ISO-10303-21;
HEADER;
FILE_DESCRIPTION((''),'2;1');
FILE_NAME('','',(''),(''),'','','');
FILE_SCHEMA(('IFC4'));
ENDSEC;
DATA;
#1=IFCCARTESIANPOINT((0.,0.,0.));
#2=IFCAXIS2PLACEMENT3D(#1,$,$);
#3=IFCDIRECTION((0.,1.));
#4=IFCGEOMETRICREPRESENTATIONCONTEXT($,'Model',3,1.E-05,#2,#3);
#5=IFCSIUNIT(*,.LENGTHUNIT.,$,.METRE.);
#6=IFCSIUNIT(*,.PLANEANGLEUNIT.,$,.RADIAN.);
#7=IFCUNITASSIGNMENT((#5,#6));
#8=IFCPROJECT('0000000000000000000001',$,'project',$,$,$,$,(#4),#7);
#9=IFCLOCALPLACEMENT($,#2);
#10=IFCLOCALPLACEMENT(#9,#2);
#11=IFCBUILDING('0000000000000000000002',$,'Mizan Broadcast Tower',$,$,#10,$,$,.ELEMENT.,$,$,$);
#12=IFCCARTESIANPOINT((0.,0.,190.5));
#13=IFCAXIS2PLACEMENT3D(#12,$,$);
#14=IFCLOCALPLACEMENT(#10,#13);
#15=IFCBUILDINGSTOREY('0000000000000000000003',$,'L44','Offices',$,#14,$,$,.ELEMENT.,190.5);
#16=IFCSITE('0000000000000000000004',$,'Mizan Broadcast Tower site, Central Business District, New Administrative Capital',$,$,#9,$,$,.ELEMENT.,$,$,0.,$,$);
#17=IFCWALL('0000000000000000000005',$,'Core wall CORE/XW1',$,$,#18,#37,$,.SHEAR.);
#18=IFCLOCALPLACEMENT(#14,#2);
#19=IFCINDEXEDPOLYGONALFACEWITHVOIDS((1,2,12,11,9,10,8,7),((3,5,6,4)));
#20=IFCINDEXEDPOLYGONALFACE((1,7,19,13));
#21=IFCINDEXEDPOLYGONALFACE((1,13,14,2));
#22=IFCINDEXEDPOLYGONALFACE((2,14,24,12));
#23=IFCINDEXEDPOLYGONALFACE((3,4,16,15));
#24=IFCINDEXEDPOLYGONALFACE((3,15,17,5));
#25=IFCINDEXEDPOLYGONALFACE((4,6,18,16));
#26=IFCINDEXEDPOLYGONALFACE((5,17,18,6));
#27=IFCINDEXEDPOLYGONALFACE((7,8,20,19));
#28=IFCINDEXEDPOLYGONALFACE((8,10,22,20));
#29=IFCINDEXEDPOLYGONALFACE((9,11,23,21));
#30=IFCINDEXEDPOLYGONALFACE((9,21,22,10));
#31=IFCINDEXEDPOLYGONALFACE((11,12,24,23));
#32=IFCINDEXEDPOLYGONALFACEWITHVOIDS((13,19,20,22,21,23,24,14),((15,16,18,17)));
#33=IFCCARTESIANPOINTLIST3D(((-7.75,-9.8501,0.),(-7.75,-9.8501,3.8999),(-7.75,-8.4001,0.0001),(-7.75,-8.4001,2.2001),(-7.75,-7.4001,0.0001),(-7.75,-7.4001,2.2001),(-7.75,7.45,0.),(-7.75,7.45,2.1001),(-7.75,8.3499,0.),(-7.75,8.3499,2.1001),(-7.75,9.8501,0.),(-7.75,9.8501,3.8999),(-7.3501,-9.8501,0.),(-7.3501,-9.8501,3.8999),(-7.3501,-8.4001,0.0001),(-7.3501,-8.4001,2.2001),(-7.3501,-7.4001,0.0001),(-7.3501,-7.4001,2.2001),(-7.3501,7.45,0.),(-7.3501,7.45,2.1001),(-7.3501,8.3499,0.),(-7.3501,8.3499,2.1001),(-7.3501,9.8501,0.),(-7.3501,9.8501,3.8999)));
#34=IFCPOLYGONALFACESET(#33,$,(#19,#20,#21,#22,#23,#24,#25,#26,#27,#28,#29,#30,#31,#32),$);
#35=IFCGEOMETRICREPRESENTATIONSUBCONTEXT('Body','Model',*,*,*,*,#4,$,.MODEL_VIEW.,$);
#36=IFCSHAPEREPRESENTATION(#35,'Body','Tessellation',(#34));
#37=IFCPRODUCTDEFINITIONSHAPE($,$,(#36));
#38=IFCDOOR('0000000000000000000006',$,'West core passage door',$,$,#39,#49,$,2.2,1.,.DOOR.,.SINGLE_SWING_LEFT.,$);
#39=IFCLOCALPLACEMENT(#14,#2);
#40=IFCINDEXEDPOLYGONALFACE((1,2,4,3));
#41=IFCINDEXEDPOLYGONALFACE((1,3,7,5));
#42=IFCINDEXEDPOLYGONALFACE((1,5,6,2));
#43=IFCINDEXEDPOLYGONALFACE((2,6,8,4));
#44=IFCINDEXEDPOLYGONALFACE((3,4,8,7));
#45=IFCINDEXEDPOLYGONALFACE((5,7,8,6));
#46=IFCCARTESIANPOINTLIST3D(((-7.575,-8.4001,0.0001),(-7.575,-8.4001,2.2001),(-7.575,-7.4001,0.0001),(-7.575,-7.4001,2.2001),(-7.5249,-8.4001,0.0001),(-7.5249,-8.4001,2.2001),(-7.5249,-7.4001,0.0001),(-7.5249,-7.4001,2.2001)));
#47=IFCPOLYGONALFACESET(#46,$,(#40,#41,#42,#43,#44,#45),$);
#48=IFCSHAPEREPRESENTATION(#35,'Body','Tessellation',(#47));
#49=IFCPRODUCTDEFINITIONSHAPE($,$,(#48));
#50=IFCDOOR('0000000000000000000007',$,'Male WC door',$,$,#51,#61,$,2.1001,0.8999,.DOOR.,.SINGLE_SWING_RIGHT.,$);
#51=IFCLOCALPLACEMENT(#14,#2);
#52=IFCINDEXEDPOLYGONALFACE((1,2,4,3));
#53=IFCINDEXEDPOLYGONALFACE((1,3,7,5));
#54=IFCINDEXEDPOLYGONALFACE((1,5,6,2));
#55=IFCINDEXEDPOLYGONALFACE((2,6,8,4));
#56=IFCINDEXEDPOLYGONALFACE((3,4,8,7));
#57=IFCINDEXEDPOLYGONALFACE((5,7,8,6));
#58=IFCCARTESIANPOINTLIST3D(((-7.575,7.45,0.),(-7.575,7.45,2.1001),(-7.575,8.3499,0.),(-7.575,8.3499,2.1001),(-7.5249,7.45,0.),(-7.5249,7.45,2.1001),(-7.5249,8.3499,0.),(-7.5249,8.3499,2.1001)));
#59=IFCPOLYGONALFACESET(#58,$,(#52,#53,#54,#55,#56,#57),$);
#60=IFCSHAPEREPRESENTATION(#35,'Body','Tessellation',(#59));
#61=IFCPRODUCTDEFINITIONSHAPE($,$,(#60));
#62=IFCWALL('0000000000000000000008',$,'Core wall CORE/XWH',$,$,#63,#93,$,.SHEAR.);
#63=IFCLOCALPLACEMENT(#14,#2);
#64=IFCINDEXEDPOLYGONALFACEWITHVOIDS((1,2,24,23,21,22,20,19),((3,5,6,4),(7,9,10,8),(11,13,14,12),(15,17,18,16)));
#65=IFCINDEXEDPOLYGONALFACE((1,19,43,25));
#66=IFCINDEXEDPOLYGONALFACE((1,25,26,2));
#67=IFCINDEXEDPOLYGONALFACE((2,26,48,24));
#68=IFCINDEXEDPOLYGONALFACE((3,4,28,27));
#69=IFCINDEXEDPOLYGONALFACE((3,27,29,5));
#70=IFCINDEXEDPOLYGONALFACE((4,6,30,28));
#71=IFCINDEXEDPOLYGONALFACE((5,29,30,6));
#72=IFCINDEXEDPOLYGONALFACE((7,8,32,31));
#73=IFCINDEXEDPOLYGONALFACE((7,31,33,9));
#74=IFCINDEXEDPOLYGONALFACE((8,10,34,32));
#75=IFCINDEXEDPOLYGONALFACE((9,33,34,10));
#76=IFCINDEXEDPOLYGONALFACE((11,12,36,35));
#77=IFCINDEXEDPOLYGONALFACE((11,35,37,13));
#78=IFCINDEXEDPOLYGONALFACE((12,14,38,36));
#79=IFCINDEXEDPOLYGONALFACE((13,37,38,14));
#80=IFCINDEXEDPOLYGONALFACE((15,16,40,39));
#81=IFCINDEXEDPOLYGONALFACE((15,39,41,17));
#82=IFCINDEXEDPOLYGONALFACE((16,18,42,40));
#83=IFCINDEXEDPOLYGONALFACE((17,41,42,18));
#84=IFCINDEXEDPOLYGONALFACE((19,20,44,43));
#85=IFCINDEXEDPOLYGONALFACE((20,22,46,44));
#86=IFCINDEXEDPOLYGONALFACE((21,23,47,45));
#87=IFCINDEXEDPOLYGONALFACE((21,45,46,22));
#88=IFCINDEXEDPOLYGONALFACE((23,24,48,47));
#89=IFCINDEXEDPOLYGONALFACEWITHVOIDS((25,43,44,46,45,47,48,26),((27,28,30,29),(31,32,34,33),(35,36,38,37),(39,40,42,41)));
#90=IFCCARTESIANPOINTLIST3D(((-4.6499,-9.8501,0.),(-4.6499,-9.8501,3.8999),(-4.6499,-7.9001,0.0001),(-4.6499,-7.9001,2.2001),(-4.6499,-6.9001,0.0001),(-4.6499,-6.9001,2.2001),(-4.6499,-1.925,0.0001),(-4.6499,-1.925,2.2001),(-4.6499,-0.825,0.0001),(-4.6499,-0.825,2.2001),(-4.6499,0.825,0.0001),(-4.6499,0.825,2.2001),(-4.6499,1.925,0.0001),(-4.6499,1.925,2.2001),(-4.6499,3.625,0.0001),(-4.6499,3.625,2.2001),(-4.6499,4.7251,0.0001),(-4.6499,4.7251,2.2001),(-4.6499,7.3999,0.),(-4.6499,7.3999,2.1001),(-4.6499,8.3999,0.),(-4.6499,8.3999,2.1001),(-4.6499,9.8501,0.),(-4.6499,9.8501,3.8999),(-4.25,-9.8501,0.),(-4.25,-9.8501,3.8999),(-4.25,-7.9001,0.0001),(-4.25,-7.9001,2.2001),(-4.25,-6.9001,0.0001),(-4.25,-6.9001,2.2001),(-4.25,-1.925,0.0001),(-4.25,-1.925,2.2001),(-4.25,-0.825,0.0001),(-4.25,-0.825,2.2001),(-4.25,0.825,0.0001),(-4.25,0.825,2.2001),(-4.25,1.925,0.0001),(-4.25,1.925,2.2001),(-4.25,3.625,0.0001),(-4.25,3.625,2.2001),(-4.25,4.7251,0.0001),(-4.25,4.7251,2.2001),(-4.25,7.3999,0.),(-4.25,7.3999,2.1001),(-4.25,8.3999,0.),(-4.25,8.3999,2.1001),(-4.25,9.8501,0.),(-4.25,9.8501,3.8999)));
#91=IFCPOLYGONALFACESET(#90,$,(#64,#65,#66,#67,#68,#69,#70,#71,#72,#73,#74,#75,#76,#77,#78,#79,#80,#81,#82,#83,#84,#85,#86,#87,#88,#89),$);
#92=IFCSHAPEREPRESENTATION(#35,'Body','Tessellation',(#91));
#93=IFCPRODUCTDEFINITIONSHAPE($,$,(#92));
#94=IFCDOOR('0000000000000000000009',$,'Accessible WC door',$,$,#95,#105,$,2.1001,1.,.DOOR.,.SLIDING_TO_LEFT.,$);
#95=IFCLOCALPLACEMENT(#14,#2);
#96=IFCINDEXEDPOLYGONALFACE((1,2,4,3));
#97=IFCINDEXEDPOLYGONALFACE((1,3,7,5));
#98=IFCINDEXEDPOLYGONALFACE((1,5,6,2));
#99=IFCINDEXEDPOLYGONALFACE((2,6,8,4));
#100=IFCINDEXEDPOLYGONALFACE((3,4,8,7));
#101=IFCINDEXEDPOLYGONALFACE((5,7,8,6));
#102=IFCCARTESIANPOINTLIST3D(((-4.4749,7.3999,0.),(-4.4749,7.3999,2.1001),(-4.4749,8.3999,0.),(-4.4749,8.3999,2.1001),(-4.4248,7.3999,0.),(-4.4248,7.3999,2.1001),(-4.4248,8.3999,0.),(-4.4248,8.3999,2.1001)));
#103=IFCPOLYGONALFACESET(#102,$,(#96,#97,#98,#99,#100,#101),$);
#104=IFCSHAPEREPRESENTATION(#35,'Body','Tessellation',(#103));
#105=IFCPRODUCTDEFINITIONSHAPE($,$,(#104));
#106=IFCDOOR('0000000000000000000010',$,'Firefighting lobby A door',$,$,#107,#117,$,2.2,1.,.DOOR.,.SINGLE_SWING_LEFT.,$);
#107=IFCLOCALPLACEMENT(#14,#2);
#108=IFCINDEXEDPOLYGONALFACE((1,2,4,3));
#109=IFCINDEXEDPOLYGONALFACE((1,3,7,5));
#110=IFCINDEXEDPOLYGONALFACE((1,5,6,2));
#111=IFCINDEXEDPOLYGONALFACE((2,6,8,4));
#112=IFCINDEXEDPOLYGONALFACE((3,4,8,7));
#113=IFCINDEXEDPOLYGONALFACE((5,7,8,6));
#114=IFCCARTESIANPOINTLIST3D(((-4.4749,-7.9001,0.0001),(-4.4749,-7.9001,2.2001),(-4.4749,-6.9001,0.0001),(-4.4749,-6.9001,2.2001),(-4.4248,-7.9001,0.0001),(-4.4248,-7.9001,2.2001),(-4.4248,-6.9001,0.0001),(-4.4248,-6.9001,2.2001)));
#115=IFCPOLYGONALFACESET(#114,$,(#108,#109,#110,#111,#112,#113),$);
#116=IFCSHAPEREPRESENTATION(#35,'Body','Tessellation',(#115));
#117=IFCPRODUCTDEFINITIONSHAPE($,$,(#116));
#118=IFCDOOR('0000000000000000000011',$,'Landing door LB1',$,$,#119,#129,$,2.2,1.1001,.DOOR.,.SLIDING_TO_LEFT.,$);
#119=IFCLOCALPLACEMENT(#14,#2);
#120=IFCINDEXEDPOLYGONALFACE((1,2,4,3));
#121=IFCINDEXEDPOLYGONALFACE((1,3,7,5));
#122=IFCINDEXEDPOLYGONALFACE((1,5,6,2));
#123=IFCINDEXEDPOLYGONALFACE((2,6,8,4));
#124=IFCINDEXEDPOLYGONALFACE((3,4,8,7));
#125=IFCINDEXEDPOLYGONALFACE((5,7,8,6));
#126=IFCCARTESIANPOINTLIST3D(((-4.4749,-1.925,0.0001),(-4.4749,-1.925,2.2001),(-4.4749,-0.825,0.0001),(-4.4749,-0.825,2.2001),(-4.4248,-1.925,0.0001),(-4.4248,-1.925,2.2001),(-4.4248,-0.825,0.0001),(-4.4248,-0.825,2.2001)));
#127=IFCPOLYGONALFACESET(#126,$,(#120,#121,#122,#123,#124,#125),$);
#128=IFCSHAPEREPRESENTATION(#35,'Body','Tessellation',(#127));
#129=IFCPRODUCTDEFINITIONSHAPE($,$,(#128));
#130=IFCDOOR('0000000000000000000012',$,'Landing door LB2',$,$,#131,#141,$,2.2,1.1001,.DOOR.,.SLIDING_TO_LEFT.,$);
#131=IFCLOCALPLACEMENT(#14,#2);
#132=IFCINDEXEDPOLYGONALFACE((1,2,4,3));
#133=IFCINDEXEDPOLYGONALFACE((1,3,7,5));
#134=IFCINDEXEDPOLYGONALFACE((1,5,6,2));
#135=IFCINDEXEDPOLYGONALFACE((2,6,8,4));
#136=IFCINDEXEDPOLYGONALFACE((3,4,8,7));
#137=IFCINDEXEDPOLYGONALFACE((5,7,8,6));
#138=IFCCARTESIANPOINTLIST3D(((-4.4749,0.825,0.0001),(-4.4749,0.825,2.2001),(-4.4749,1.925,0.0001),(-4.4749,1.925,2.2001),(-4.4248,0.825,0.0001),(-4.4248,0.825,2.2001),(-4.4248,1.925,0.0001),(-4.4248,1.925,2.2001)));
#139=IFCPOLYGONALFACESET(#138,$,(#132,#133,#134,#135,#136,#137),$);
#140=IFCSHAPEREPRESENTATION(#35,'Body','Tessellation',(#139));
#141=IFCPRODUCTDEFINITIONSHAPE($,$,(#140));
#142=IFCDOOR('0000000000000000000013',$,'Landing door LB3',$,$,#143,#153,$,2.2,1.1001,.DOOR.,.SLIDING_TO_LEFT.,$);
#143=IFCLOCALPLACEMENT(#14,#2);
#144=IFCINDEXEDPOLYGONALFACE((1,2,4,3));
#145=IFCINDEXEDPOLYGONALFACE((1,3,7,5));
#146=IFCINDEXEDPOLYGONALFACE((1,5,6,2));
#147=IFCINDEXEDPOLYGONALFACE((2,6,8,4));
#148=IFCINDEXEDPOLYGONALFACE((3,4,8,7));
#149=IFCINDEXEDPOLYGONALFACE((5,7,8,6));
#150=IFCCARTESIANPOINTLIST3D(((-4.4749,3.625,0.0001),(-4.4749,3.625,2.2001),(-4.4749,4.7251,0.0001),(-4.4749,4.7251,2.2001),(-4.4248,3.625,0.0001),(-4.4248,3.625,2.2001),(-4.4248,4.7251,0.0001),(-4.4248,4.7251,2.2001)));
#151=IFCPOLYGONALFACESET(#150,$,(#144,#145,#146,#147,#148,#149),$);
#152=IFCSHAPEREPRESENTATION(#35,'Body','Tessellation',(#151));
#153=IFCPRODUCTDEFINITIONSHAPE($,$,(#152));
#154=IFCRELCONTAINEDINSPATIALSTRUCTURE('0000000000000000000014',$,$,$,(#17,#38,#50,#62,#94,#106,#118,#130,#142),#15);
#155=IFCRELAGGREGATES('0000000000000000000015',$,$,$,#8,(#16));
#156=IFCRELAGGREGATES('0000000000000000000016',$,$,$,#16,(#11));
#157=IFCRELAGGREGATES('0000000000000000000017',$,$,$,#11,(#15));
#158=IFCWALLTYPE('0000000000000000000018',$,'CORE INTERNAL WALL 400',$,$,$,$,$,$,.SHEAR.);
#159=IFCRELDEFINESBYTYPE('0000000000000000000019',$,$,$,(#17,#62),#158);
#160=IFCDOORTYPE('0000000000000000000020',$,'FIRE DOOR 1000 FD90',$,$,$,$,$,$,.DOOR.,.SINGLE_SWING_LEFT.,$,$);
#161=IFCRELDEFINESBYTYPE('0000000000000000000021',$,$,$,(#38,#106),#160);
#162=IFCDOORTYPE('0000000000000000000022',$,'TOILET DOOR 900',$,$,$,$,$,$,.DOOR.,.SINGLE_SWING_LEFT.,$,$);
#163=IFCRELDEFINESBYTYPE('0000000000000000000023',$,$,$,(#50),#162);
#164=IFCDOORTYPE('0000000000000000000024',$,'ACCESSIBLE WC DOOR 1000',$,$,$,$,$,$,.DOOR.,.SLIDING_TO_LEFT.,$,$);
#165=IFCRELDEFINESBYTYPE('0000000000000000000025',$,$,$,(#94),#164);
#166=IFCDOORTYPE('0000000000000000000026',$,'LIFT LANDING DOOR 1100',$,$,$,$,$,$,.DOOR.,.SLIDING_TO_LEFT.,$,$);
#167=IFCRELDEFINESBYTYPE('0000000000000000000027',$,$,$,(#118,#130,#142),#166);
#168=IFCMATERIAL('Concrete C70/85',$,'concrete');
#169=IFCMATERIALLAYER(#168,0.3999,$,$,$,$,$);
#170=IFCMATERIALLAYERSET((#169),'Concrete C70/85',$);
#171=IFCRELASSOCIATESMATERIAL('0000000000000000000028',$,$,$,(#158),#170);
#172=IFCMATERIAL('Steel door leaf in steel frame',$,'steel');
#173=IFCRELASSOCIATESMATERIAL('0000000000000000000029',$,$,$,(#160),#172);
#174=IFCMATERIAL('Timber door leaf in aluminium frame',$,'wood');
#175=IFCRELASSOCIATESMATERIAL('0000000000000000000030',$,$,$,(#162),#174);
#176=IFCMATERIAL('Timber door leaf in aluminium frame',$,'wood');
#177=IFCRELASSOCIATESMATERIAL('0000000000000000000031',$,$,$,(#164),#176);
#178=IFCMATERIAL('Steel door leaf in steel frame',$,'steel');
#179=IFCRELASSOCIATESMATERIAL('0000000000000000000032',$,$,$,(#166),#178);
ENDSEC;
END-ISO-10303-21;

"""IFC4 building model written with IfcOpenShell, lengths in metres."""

from ifc_helpers import new_model, si_unit, direction, frame, frame_2d, origin, place, context, subcontext, project, spatial, rectangle, extrude, material, layer, layer_set, type_object, element, fill, save


model = new_model("IFC4")

# Units and contexts
model_context = context("Model", 3, precision=1e-05, world=origin(), true_north=direction((0.0, 1.0)))
body_context = subcontext(model_context, "Body", "Model", "MODEL_VIEW")
ifc_project = project(units=[si_unit("LENGTHUNIT", "METRE"), si_unit("PLANEANGLEUNIT", "RADIAN")], contexts=[model_context])

# Site, building, storey
site_placement = place(None, origin())
site = spatial("IfcSite", under=ifc_project, at=site_placement, Name="Mizan Broadcast Tower site, Central Business District, New Administrative Capital", CompositionType="ELEMENT", RefElevation=0.0)
building_placement = place(site_placement, origin())
building = spatial("IfcBuilding", under=site, at=building_placement, Name="Mizan Broadcast Tower", CompositionType="ELEMENT")
storey_placement = place(building_placement, frame((0.0, 0.0, 190.5)))
storey = spatial("IfcBuildingStorey", under=building, at=storey_placement, Name="L44", Description="Offices", CompositionType="ELEMENT", Elevation=190.5)

# Walls, openings, doors
ifc_material_1 = material(Name="Concrete C70/85", Category="concrete")
ifc_layer_1 = layer(ifc_material_1, 0.3999)
ifc_layer_set_1 = layer_set([ifc_layer_1], Name="Concrete C70/85")
wall_type_1 = type_object("IfcWallType", Name="CORE INTERNAL WALL 400", PredefinedType="SHEAR", material=ifc_layer_set_1)
wall_1_placement = place(storey_placement, frame((-7.55, -9.8501, 0.0), z_axis=(0.0, 0.0, 1.0), x_axis=(0.0, 1.0, 0.0)))
wall_1 = element("IfcWall", 1, at=wall_1_placement, inside=storey, type_object=wall_type_1, Name="Core wall CORE/XW1", PredefinedType="SHEAR", context=body_context, shape_type="SweptSolid", body=[
    extrude(rectangle(XDim=19.7002, YDim=0.3999, at=frame_2d((9.8501, 0.0))), origin(), (0.0, 0.0, 1.0), 3.8999),
])
opening_1_placement = place(wall_1_placement, frame((1.45, 0.0, 0.0)))
opening_1 = element("IfcOpeningElement", 2, at=opening_1_placement, cuts=wall_1, PredefinedType="OPENING", context=body_context, shape_type="SweptSolid", body=[
    extrude(rectangle(XDim=1.0, YDim=2.2, at=frame_2d((0.5, 1.1001))), frame((0.0, 0.21, 0.0), z_axis=(0.0, -1.0, 0.0), x_axis=(1.0, 0.0, 0.0)), (0.0, 0.0, 1.0), 0.4199),
])
opening_2_placement = place(wall_1_placement, frame((17.3, 0.0, 0.0)))
opening_2 = element("IfcOpeningElement", 3, at=opening_2_placement, cuts=wall_1, PredefinedType="OPENING", context=body_context, shape_type="SweptSolid", body=[
    extrude(rectangle(XDim=0.8999, YDim=2.1001, at=frame_2d((0.45, 1.05))), frame((0.0, 0.21, 0.0), z_axis=(0.0, -1.0, 0.0), x_axis=(1.0, 0.0, 0.0)), (0.0, 0.0, 1.0), 0.4199),
])
ifc_material_2 = material(Name="Steel door leaf in steel frame", Category="steel")
door_type_1 = type_object("IfcDoorType", Name="FIRE DOOR 1000 FD90", OperationType="SINGLE_SWING_LEFT", PredefinedType="DOOR", material=ifc_material_2)
door_1_placement = place(opening_1_placement, origin())
door_1 = element("IfcDoor", 4, at=door_1_placement, inside=storey, type_object=door_type_1, Name="West core passage door", OperationType="SINGLE_SWING_LEFT", OverallHeight=2.2, OverallWidth=1.0, PredefinedType="DOOR", context=body_context, shape_type="SweptSolid", body=[
    extrude(rectangle(XDim=1.0, YDim=2.2, at=frame_2d((0.5, 1.1001))), frame((0.0, 0.0249, 0.0), z_axis=(0.0, -1.0, 0.0), x_axis=(1.0, 0.0, 0.0)), (0.0, 0.0, 1.0), 0.05),
])
fill(opening_1, door_1)
ifc_material_3 = material(Name="Timber door leaf in aluminium frame", Category="wood")
door_type_2 = type_object("IfcDoorType", Name="TOILET DOOR 900", OperationType="SINGLE_SWING_LEFT", PredefinedType="DOOR", material=ifc_material_3)
door_2_placement = place(opening_2_placement, origin())
door_2 = element("IfcDoor", 5, at=door_2_placement, inside=storey, type_object=door_type_2, Name="Male WC door", OperationType="SINGLE_SWING_RIGHT", OverallHeight=2.1001, OverallWidth=0.8999, PredefinedType="DOOR", context=body_context, shape_type="SweptSolid", body=[
    extrude(rectangle(XDim=0.8999, YDim=2.1001, at=frame_2d((0.45, 1.05))), frame((0.0, 0.0249, 0.0), z_axis=(0.0, -1.0, 0.0), x_axis=(1.0, 0.0, 0.0)), (0.0, 0.0, 1.0), 0.05),
])
fill(opening_2, door_2)
wall_2_placement = place(storey_placement, frame((-4.45, -9.8501, 0.0), z_axis=(0.0, 0.0, 1.0), x_axis=(0.0, 1.0, 0.0)))
wall_2 = element("IfcWall", 6, at=wall_2_placement, inside=storey, type_object=wall_type_1, Name="Core wall CORE/XWH", PredefinedType="SHEAR", context=body_context, shape_type="SweptSolid", body=[
    extrude(rectangle(XDim=19.7002, YDim=0.3999, at=frame_2d((9.8501, 0.0))), origin(), (0.0, 0.0, 1.0), 3.8999),
])
opening_3_placement = place(wall_2_placement, frame((1.95, 0.0, 0.0)))
opening_3 = element("IfcOpeningElement", 7, at=opening_3_placement, cuts=wall_2, PredefinedType="OPENING", context=body_context, shape_type="SweptSolid", body=[
    extrude(rectangle(XDim=1.0, YDim=2.2, at=frame_2d((0.5, 1.1001))), frame((0.0, 0.21, 0.0), z_axis=(0.0, -1.0, 0.0), x_axis=(1.0, 0.0, 0.0)), (0.0, 0.0, 1.0), 0.4199),
])
opening_4_placement = place(wall_2_placement, frame((17.25, 0.0, 0.0)))
opening_4 = element("IfcOpeningElement", 8, at=opening_4_placement, cuts=wall_2, PredefinedType="OPENING", context=body_context, shape_type="SweptSolid", body=[
    extrude(rectangle(XDim=1.0, YDim=2.1001, at=frame_2d((0.5, 1.05))), frame((0.0, 0.21, 0.0), z_axis=(0.0, -1.0, 0.0), x_axis=(1.0, 0.0, 0.0)), (0.0, 0.0, 1.0), 0.4199),
])
opening_5_placement = place(wall_2_placement, frame((7.925, 0.0, 0.0)))
opening_5 = element("IfcOpeningElement", 9, at=opening_5_placement, cuts=wall_2, PredefinedType="OPENING", context=body_context, shape_type="SweptSolid", body=[
    extrude(rectangle(XDim=1.1001, YDim=2.2, at=frame_2d((0.55, 1.1001))), frame((0.0, 0.21, 0.0), z_axis=(0.0, -1.0, 0.0), x_axis=(1.0, 0.0, 0.0)), (0.0, 0.0, 1.0), 0.4199),
])
opening_6_placement = place(wall_2_placement, frame((10.675, 0.0, 0.0)))
opening_6 = element("IfcOpeningElement", 10, at=opening_6_placement, cuts=wall_2, PredefinedType="OPENING", context=body_context, shape_type="SweptSolid", body=[
    extrude(rectangle(XDim=1.1001, YDim=2.2, at=frame_2d((0.55, 1.1001))), frame((0.0, 0.21, 0.0), z_axis=(0.0, -1.0, 0.0), x_axis=(1.0, 0.0, 0.0)), (0.0, 0.0, 1.0), 0.4199),
])
opening_7_placement = place(wall_2_placement, frame((13.4751, 0.0, 0.0)))
opening_7 = element("IfcOpeningElement", 11, at=opening_7_placement, cuts=wall_2, PredefinedType="OPENING", context=body_context, shape_type="SweptSolid", body=[
    extrude(rectangle(XDim=1.1001, YDim=2.2, at=frame_2d((0.55, 1.1001))), frame((0.0, 0.21, 0.0), z_axis=(0.0, -1.0, 0.0), x_axis=(1.0, 0.0, 0.0)), (0.0, 0.0, 1.0), 0.4199),
])
ifc_material_4 = material(Name="Timber door leaf in aluminium frame", Category="wood")
door_type_3 = type_object("IfcDoorType", Name="ACCESSIBLE WC DOOR 1000", OperationType="SLIDING_TO_LEFT", PredefinedType="DOOR", material=ifc_material_4)
door_3_placement = place(opening_4_placement, origin())
door_3 = element("IfcDoor", 12, at=door_3_placement, inside=storey, type_object=door_type_3, Name="Accessible WC door", OperationType="SLIDING_TO_LEFT", OverallHeight=2.1001, OverallWidth=1.0, PredefinedType="DOOR", context=body_context, shape_type="SweptSolid", body=[
    extrude(rectangle(XDim=1.0, YDim=2.1001, at=frame_2d((0.5, 1.05))), frame((0.0, 0.0249, 0.0), z_axis=(0.0, -1.0, 0.0), x_axis=(1.0, 0.0, 0.0)), (0.0, 0.0, 1.0), 0.05),
])
fill(opening_4, door_3)
door_4_placement = place(opening_3_placement, origin())
door_4 = element("IfcDoor", 13, at=door_4_placement, inside=storey, type_object=door_type_1, Name="Firefighting lobby A door", OperationType="SINGLE_SWING_LEFT", OverallHeight=2.2, OverallWidth=1.0, PredefinedType="DOOR", context=body_context, shape_type="SweptSolid", body=[
    extrude(rectangle(XDim=1.0, YDim=2.2, at=frame_2d((0.5, 1.1001))), frame((0.0, 0.0249, 0.0), z_axis=(0.0, -1.0, 0.0), x_axis=(1.0, 0.0, 0.0)), (0.0, 0.0, 1.0), 0.05),
])
fill(opening_3, door_4)
ifc_material_5 = material(Name="Steel door leaf in steel frame", Category="steel")
door_type_4 = type_object("IfcDoorType", Name="LIFT LANDING DOOR 1100", OperationType="SLIDING_TO_LEFT", PredefinedType="DOOR", material=ifc_material_5)
door_5_placement = place(opening_5_placement, origin())
door_5 = element("IfcDoor", 14, at=door_5_placement, inside=storey, type_object=door_type_4, Name="Landing door LB1", OperationType="SLIDING_TO_LEFT", OverallHeight=2.2, OverallWidth=1.1001, PredefinedType="DOOR", context=body_context, shape_type="SweptSolid", body=[
    extrude(rectangle(XDim=1.1001, YDim=2.2, at=frame_2d((0.55, 1.1001))), frame((0.0, 0.0249, 0.0), z_axis=(0.0, -1.0, 0.0), x_axis=(1.0, 0.0, 0.0)), (0.0, 0.0, 1.0), 0.05),
])
fill(opening_5, door_5)
door_6_placement = place(opening_6_placement, origin())
door_6 = element("IfcDoor", 15, at=door_6_placement, inside=storey, type_object=door_type_4, Name="Landing door LB2", OperationType="SLIDING_TO_LEFT", OverallHeight=2.2, OverallWidth=1.1001, PredefinedType="DOOR", context=body_context, shape_type="SweptSolid", body=[
    extrude(rectangle(XDim=1.1001, YDim=2.2, at=frame_2d((0.55, 1.1001))), frame((0.0, 0.0249, 0.0), z_axis=(0.0, -1.0, 0.0), x_axis=(1.0, 0.0, 0.0)), (0.0, 0.0, 1.0), 0.05),
])
fill(opening_6, door_6)
door_7_placement = place(opening_7_placement, origin())
door_7 = element("IfcDoor", 16, at=door_7_placement, inside=storey, type_object=door_type_4, Name="Landing door LB3", OperationType="SLIDING_TO_LEFT", OverallHeight=2.2, OverallWidth=1.1001, PredefinedType="DOOR", context=body_context, shape_type="SweptSolid", body=[
    extrude(rectangle(XDim=1.1001, YDim=2.2, at=frame_2d((0.55, 1.1001))), frame((0.0, 0.0249, 0.0), z_axis=(0.0, -1.0, 0.0), x_axis=(1.0, 0.0, 0.0)), (0.0, 0.0, 1.0), 0.05),
])
fill(opening_7, door_7)

save(model, "model.ifc")
